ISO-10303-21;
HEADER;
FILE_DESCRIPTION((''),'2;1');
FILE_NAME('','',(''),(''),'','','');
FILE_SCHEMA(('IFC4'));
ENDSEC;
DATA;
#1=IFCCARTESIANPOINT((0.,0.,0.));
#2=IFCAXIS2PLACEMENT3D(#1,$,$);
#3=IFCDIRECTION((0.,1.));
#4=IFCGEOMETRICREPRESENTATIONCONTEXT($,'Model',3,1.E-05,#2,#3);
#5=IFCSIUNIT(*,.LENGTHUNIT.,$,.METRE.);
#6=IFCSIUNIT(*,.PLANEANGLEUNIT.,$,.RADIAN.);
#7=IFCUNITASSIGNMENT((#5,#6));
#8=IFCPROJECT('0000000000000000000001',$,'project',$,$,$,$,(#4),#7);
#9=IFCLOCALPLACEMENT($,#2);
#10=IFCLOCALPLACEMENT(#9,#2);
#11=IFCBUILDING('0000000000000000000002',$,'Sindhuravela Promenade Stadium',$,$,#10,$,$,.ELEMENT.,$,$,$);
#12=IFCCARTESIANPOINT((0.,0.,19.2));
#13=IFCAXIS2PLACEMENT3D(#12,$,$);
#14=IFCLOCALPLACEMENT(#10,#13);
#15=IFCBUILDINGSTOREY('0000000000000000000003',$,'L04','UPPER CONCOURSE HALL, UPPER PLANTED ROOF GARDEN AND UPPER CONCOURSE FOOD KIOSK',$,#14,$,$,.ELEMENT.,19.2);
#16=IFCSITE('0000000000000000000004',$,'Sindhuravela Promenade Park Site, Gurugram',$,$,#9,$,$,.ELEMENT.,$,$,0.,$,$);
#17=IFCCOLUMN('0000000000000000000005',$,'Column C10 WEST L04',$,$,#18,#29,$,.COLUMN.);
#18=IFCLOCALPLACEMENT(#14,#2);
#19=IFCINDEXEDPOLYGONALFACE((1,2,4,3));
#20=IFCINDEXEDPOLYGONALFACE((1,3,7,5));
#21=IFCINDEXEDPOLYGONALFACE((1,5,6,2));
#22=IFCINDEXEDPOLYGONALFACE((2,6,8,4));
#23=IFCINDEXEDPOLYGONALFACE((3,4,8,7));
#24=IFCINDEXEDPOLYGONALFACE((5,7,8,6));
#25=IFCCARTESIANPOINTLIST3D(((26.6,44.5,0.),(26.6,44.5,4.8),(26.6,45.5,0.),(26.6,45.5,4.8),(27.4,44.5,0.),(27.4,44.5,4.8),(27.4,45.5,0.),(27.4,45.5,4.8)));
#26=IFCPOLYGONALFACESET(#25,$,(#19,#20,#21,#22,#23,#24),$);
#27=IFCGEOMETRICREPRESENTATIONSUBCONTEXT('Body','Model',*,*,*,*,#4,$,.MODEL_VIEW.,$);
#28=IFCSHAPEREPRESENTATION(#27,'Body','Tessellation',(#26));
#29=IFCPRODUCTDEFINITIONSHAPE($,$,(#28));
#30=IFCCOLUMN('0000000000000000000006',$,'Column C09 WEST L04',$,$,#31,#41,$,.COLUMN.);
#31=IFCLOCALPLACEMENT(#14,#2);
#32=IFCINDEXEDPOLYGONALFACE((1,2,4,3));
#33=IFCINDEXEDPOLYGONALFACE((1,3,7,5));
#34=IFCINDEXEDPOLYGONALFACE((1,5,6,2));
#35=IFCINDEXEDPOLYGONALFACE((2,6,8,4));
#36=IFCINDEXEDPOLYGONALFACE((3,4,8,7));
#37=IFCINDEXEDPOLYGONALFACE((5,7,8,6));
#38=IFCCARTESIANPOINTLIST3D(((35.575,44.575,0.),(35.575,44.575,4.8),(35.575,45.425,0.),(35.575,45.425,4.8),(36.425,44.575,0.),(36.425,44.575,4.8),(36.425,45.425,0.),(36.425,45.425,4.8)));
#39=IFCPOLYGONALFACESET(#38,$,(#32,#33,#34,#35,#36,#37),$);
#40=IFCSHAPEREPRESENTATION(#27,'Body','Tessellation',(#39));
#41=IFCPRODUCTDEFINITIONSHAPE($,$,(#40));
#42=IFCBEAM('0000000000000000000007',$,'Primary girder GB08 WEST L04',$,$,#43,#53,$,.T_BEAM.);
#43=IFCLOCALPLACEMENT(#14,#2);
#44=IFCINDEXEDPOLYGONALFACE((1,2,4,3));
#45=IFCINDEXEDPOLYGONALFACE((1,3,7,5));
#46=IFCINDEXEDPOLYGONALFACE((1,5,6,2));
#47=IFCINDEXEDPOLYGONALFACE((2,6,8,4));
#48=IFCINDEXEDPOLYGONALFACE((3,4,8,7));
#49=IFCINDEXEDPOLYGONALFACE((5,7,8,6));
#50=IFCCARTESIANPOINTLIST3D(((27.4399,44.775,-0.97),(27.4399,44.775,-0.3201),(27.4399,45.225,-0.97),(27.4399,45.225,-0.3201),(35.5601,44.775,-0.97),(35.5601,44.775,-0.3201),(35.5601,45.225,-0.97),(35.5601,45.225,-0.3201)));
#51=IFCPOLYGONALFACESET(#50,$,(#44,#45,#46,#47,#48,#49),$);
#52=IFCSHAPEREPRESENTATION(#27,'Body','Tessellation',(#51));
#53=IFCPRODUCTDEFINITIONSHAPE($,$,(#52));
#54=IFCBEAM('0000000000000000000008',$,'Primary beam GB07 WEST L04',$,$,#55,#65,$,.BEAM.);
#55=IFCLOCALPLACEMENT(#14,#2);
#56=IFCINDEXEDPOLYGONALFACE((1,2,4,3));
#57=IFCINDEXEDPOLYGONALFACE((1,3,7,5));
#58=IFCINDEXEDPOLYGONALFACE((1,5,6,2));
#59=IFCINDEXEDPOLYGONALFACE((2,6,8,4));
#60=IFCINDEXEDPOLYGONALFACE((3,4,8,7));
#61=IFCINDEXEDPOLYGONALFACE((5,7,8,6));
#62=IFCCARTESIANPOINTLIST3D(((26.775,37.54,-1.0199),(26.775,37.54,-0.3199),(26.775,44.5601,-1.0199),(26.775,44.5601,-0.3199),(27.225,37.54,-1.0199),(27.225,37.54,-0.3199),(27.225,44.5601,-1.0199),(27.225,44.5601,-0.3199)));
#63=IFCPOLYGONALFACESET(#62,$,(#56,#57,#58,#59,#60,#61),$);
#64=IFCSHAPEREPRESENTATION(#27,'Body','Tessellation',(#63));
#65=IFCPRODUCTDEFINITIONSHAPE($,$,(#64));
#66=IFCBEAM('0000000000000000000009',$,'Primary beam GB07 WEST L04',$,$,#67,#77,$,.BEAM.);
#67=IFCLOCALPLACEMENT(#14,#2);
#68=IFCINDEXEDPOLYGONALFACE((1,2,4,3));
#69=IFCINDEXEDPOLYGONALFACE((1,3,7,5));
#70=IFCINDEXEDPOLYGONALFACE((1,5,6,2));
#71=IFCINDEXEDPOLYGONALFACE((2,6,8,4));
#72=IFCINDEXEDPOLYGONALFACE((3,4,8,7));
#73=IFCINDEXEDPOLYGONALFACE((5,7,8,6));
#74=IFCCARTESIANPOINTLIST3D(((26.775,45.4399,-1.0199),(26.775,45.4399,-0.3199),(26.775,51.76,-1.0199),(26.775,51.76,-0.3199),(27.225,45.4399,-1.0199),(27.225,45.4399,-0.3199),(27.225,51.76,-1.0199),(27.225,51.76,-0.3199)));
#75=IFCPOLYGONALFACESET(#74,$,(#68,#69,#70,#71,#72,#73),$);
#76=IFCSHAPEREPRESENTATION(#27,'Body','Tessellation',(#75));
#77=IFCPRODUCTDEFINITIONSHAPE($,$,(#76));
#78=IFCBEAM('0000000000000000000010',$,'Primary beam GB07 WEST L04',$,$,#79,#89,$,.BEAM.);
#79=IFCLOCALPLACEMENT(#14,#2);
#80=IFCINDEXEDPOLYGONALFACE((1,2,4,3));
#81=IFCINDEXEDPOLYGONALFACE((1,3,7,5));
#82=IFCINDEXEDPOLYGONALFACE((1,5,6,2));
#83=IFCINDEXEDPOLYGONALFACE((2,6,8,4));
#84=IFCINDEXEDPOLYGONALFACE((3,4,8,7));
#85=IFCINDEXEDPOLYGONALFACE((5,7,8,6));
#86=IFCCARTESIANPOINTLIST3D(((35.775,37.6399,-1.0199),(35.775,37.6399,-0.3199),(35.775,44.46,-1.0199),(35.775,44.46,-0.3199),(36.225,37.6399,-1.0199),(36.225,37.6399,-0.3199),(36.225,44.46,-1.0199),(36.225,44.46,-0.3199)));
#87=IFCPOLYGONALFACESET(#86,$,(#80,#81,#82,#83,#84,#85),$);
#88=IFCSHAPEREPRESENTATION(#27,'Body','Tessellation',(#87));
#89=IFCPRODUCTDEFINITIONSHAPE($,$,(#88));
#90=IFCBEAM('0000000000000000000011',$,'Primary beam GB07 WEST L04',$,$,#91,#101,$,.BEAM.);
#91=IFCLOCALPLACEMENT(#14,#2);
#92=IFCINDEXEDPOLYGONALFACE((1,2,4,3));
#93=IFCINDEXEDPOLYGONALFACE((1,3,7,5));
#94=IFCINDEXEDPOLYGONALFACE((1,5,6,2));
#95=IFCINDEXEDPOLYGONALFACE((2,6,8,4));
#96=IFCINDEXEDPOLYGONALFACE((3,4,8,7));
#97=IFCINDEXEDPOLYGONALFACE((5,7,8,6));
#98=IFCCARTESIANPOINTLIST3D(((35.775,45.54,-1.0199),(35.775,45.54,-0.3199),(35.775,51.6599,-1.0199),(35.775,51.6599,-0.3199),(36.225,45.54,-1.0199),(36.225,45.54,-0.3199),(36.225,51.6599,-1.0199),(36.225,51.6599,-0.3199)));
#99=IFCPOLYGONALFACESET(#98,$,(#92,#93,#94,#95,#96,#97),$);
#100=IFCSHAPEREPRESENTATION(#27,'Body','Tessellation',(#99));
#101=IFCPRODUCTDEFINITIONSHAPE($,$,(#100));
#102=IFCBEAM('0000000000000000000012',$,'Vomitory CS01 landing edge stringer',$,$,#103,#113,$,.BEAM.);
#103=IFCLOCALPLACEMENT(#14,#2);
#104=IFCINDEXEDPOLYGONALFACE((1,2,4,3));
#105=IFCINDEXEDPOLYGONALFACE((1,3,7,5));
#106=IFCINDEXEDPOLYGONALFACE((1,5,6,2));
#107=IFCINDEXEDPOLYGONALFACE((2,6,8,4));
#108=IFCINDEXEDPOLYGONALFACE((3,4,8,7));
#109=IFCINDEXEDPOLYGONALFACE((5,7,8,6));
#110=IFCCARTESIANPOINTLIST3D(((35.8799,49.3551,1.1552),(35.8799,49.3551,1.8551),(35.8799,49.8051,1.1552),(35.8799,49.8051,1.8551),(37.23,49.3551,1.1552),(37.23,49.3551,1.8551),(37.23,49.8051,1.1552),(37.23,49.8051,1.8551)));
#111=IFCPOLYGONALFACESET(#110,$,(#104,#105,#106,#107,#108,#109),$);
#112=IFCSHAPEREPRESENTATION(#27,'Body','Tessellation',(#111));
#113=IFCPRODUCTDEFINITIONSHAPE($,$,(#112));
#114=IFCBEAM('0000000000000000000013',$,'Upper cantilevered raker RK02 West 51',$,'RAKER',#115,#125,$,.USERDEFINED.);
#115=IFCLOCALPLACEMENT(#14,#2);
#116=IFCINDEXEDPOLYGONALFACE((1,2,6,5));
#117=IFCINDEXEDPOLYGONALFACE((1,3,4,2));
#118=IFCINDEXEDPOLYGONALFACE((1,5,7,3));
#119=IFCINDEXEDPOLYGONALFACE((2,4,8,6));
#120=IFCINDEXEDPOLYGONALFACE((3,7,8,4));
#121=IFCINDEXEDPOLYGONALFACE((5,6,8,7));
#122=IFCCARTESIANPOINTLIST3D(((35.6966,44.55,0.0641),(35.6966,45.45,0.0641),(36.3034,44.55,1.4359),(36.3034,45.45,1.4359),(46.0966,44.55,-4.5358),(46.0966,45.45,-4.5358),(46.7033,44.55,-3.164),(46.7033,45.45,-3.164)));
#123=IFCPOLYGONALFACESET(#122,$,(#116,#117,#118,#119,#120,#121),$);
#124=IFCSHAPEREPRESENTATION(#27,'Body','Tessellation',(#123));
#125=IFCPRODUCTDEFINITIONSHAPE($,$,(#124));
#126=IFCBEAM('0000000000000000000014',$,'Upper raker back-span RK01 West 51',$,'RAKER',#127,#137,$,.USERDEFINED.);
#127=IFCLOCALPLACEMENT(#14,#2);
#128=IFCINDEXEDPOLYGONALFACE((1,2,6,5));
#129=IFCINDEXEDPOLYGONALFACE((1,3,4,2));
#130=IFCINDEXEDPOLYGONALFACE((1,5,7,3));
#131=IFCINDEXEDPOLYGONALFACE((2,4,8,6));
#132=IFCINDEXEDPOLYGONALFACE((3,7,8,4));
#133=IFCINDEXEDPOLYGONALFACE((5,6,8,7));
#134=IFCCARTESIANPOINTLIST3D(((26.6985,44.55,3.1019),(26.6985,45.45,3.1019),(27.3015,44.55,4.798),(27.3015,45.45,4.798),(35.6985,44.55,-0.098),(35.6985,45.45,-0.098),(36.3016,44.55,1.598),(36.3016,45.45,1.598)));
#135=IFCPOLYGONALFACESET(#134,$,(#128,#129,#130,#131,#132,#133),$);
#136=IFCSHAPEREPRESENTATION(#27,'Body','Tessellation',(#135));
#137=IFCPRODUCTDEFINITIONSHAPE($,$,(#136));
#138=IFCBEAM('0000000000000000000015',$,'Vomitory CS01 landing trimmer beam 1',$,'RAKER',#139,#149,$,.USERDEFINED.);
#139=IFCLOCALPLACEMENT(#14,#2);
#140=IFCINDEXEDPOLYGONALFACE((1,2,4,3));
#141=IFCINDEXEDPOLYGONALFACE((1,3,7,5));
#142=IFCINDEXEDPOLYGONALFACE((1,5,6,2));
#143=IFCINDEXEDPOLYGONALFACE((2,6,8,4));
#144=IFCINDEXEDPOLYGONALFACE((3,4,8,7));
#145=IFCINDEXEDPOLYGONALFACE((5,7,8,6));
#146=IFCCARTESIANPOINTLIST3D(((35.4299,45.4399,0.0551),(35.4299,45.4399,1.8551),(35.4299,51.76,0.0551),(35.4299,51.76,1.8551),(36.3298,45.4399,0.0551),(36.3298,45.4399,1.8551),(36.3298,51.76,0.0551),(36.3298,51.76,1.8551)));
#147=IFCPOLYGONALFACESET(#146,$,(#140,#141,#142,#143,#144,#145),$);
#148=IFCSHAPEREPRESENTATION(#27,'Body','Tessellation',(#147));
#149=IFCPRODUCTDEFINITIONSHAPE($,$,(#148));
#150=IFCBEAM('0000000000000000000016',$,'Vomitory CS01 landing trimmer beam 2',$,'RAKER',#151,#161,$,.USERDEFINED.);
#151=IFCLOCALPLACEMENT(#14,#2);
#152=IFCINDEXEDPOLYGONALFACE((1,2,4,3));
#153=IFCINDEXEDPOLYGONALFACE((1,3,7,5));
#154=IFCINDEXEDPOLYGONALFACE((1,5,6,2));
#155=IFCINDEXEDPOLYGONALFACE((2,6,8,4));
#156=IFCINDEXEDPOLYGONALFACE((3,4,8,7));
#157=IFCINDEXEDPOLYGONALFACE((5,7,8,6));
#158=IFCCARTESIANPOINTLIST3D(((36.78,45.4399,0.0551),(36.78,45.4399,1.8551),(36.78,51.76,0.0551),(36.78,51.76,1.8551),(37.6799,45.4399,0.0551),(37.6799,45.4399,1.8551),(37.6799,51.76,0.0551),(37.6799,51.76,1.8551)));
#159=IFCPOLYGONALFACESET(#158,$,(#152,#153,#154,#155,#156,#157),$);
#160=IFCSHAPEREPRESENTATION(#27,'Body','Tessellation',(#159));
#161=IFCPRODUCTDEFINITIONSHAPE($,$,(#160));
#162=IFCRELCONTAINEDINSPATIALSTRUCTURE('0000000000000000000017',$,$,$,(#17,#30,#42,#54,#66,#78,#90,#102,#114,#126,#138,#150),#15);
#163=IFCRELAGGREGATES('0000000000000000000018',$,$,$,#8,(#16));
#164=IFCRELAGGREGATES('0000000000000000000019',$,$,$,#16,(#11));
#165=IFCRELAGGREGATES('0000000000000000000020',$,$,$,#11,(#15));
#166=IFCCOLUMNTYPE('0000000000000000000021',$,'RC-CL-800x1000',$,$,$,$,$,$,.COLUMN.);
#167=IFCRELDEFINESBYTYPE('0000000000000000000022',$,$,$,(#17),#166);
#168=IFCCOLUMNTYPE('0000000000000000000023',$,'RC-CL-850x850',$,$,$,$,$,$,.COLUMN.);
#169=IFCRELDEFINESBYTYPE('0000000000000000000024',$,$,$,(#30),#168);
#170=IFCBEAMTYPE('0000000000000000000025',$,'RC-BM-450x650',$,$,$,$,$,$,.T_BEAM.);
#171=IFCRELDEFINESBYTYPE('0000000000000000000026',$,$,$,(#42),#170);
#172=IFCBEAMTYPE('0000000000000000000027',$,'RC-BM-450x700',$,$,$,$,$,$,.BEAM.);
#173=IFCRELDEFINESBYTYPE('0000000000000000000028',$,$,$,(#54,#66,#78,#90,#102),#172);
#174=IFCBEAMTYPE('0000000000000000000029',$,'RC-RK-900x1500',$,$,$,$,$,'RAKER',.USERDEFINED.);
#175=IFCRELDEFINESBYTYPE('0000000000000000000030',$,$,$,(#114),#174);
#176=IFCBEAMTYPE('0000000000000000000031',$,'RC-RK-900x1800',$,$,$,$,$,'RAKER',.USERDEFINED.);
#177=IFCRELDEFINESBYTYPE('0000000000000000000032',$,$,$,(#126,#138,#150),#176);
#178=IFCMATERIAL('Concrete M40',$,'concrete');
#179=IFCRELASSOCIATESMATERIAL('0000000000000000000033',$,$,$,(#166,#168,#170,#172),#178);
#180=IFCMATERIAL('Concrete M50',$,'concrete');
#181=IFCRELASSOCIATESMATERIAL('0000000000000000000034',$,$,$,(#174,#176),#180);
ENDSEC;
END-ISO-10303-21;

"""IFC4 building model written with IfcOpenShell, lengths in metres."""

from ifc_helpers import new_model, si_unit, direction, frame, origin, origin_2d, place, context, subcontext, project, spatial, rectangle, extrude, material, material_profile, profile_set, type_object, element, save


model = new_model("IFC4")

# Units and contexts
model_context = context("Model", 3, precision=1e-05, world=origin(), true_north=direction((0.0, 1.0)))
body_context = subcontext(model_context, "Body", "Model", "MODEL_VIEW")
ifc_project = project(units=[si_unit("LENGTHUNIT", "METRE"), si_unit("PLANEANGLEUNIT", "RADIAN")], contexts=[model_context])

# Site, building, storey
site_placement = place(None, origin())
site = spatial("IfcSite", under=ifc_project, at=site_placement, Name="Sindhuravela Promenade Park Site, Gurugram", CompositionType="ELEMENT", RefElevation=0.0)
building_placement = place(site_placement, origin())
building = spatial("IfcBuilding", under=site, at=building_placement, Name="Sindhuravela Promenade Stadium", CompositionType="ELEMENT")
storey_placement = place(building_placement, frame((0.0, 0.0, 19.2)))
storey = spatial("IfcBuildingStorey", under=building, at=storey_placement, Name="L04", Description="UPPER CONCOURSE HALL, UPPER PLANTED ROOF GARDEN AND UPPER CONCOURSE FOOD KIOSK", CompositionType="ELEMENT", Elevation=19.2)

# Columns
ifc_material_1 = material(Name="Concrete M40", Category="concrete")
ifc_material_profile_1 = material_profile(ifc_material_1, rectangle(XDim=0.8, YDim=1.0, at=origin_2d()), Name="RC 800x1000")
ifc_profile_set_1 = profile_set([ifc_material_profile_1], Name="Concrete M40")
column_type_1 = type_object("IfcColumnType", Name="RC-CL-800x1000", PredefinedType="COLUMN", material=ifc_profile_set_1)
column_1_placement = place(storey_placement, frame((27.0, 45.0, 0.0), z_axis=(0.0, 0.0, 1.0), x_axis=(1.0, 0.0, 0.0)))
element("IfcColumn", 1, at=column_1_placement, inside=storey, type_object=column_type_1, Name="Column C10 WEST L04", PredefinedType="COLUMN", context=body_context, shape_type="SweptSolid", body=[
    extrude(rectangle(XDim=0.8, YDim=1.0, at=origin_2d()), origin(), (0.0, 0.0, 1.0), 4.8),
])
ifc_material_profile_2 = material_profile(ifc_material_1, rectangle(XDim=0.8501, YDim=0.8501, at=origin_2d()), Name="RC 850x850")
ifc_profile_set_2 = profile_set([ifc_material_profile_2], Name="Concrete M40")
column_type_2 = type_object("IfcColumnType", Name="RC-CL-850x850", PredefinedType="COLUMN", material=ifc_profile_set_2)
column_2_placement = place(storey_placement, frame((36.0, 45.0, 0.0), z_axis=(0.0, 0.0, 1.0), x_axis=(1.0, 0.0, 0.0)))
element("IfcColumn", 2, at=column_2_placement, inside=storey, type_object=column_type_2, Name="Column C09 WEST L04", PredefinedType="COLUMN", context=body_context, shape_type="SweptSolid", body=[
    extrude(rectangle(XDim=0.8501, YDim=0.8501, at=origin_2d()), origin(), (0.0, 0.0, 1.0), 4.8),
])

# Beams
ifc_material_profile_3 = material_profile(ifc_material_1, rectangle(XDim=0.45, YDim=0.6499, at=origin_2d()), Name="RC 450x650")
ifc_profile_set_3 = profile_set([ifc_material_profile_3], Name="Concrete M40")
beam_type_1 = type_object("IfcBeamType", Name="RC-BM-450x650", PredefinedType="T_BEAM", material=ifc_profile_set_3)
beam_1_placement = place(storey_placement, frame((27.4399, 45.0, -0.645), z_axis=(1.0, 0.0, 0.0), x_axis=(0.0, 1.0, 0.0)))
element("IfcBeam", 3, at=beam_1_placement, inside=storey, type_object=beam_type_1, Name="Primary girder GB08 WEST L04", PredefinedType="T_BEAM", context=body_context, shape_type="SweptSolid", body=[
    extrude(rectangle(XDim=0.45, YDim=0.6499, at=origin_2d()), origin(), (0.0, 0.0, 1.0), 8.1201),
])
ifc_material_profile_4 = material_profile(ifc_material_1, rectangle(XDim=0.45, YDim=0.7, at=origin_2d()), Name="RC 450x700")
ifc_profile_set_4 = profile_set([ifc_material_profile_4], Name="Concrete M40")
beam_type_2 = type_object("IfcBeamType", Name="RC-BM-450x700", PredefinedType="BEAM", material=ifc_profile_set_4)
beam_2_placement = place(storey_placement, frame((27.0, 37.54, -0.6699), z_axis=(0.0, 1.0, 0.0), x_axis=(-1.0, 0.0, 0.0)))
element("IfcBeam", 4, at=beam_2_placement, inside=storey, type_object=beam_type_2, Name="Primary beam GB07 WEST L04", PredefinedType="BEAM", context=body_context, shape_type="SweptSolid", body=[
    extrude(rectangle(XDim=0.45, YDim=0.7, at=origin_2d()), origin(), (0.0, 0.0, 1.0), 7.02),
])
beam_3_placement = place(storey_placement, frame((27.0, 45.4399, -0.6699), z_axis=(0.0, 1.0, 0.0), x_axis=(-1.0, 0.0, 0.0)))
element("IfcBeam", 5, at=beam_3_placement, inside=storey, type_object=beam_type_2, Name="Primary beam GB07 WEST L04", PredefinedType="BEAM", context=body_context, shape_type="SweptSolid", body=[
    extrude(rectangle(XDim=0.45, YDim=0.7, at=origin_2d()), origin(), (0.0, 0.0, 1.0), 6.3201),
])
beam_4_placement = place(storey_placement, frame((36.0, 37.6399, -0.6699), z_axis=(0.0, 1.0, 0.0), x_axis=(-1.0, 0.0, 0.0)))
element("IfcBeam", 6, at=beam_4_placement, inside=storey, type_object=beam_type_2, Name="Primary beam GB07 WEST L04", PredefinedType="BEAM", context=body_context, shape_type="SweptSolid", body=[
    extrude(rectangle(XDim=0.45, YDim=0.7, at=origin_2d()), origin(), (0.0, 0.0, 1.0), 6.8201),
])
beam_5_placement = place(storey_placement, frame((36.0, 45.54, -0.6699), z_axis=(0.0, 1.0, 0.0), x_axis=(-1.0, 0.0, 0.0)))
element("IfcBeam", 7, at=beam_5_placement, inside=storey, type_object=beam_type_2, Name="Primary beam GB07 WEST L04", PredefinedType="BEAM", context=body_context, shape_type="SweptSolid", body=[
    extrude(rectangle(XDim=0.45, YDim=0.7, at=origin_2d()), origin(), (0.0, 0.0, 1.0), 6.1199),
])
beam_6_placement = place(storey_placement, frame((35.8799, 49.5801, 1.5051), z_axis=(1.0, 0.0, 0.0), x_axis=(0.0, 1.0, 0.0)))
element("IfcBeam", 8, at=beam_6_placement, inside=storey, type_object=beam_type_2, Name="Vomitory CS01 landing edge stringer", PredefinedType="BEAM", context=body_context, shape_type="SweptSolid", body=[
    extrude(rectangle(XDim=0.45, YDim=0.7, at=origin_2d()), origin(), (0.0, 0.0, 1.0), 1.3501),
])
ifc_material_2 = material(Name="Concrete M50", Category="concrete")
ifc_material_profile_5 = material_profile(ifc_material_2, rectangle(XDim=0.8999, YDim=1.5, at=origin_2d()), Name="RC 900x1500")
ifc_profile_set_5 = profile_set([ifc_material_profile_5], Name="Concrete M50")
beam_type_3 = type_object("IfcBeamType", Name="RC-RK-900x1500", ElementType="RAKER", PredefinedType="USERDEFINED", material=ifc_profile_set_5)
beam_7_placement = place(storey_placement, frame((36.0, 45.0, 0.75), z_axis=(0.914539, 0.0, -0.404498), x_axis=(0.0, 1.0, 0.0)))
element("IfcBeam", 9, at=beam_7_placement, inside=storey, type_object=beam_type_3, Name="Upper cantilevered raker RK02 West 51", ObjectType="RAKER", PredefinedType="USERDEFINED", context=body_context, shape_type="SweptSolid", body=[
    extrude(rectangle(XDim=0.8999, YDim=1.5, at=origin_2d()), origin(), (0.0, 0.0, 1.0), 11.3718),
])
ifc_material_profile_6 = material_profile(ifc_material_2, rectangle(XDim=0.8999, YDim=1.8, at=origin_2d()), Name="RC 900x1800")
ifc_profile_set_6 = profile_set([ifc_material_profile_6], Name="Concrete M50")
beam_type_4 = type_object("IfcBeamType", Name="RC-RK-900x1800", ElementType="RAKER", PredefinedType="USERDEFINED", material=ifc_profile_set_6)
beam_8_placement = place(storey_placement, frame((27.0, 45.0, 3.95), z_axis=(0.942216, 0.0, -0.335005), x_axis=(0.0, 1.0, 0.0)))
element("IfcBeam", 10, at=beam_8_placement, inside=storey, type_object=beam_type_4, Name="Upper raker back-span RK01 West 51", ObjectType="RAKER", PredefinedType="USERDEFINED", context=body_context, shape_type="SweptSolid", body=[
    extrude(rectangle(XDim=0.8999, YDim=1.8, at=origin_2d()), origin(), (0.0, 0.0, 1.0), 9.552),
])
for number, where, z_axis, x_axis, name in (
    (11, (35.8799, 45.4399, 0.9551), (0.0, 1.0, 0.0), (-1.0, 0.0, 0.0), "Vomitory CS01 landing trimmer beam 1"),
    (12, (37.23, 45.4399, 0.9551), (0.0, 1.0, 0.0), (-1.0, 0.0, 0.0), "Vomitory CS01 landing trimmer beam 2"),
):
    element("IfcBeam", number, at=place(storey_placement, frame(where, z_axis=z_axis, x_axis=x_axis)), inside=storey, type_object=beam_type_4, Name=name, ObjectType="RAKER", PredefinedType="USERDEFINED", context=body_context, shape_type="SweptSolid", body=[
        extrude(rectangle(XDim=0.8999, YDim=1.8, at=origin_2d()), origin(), (0.0, 0.0, 1.0), 6.3201),
    ])

save(model, "model.ifc")
